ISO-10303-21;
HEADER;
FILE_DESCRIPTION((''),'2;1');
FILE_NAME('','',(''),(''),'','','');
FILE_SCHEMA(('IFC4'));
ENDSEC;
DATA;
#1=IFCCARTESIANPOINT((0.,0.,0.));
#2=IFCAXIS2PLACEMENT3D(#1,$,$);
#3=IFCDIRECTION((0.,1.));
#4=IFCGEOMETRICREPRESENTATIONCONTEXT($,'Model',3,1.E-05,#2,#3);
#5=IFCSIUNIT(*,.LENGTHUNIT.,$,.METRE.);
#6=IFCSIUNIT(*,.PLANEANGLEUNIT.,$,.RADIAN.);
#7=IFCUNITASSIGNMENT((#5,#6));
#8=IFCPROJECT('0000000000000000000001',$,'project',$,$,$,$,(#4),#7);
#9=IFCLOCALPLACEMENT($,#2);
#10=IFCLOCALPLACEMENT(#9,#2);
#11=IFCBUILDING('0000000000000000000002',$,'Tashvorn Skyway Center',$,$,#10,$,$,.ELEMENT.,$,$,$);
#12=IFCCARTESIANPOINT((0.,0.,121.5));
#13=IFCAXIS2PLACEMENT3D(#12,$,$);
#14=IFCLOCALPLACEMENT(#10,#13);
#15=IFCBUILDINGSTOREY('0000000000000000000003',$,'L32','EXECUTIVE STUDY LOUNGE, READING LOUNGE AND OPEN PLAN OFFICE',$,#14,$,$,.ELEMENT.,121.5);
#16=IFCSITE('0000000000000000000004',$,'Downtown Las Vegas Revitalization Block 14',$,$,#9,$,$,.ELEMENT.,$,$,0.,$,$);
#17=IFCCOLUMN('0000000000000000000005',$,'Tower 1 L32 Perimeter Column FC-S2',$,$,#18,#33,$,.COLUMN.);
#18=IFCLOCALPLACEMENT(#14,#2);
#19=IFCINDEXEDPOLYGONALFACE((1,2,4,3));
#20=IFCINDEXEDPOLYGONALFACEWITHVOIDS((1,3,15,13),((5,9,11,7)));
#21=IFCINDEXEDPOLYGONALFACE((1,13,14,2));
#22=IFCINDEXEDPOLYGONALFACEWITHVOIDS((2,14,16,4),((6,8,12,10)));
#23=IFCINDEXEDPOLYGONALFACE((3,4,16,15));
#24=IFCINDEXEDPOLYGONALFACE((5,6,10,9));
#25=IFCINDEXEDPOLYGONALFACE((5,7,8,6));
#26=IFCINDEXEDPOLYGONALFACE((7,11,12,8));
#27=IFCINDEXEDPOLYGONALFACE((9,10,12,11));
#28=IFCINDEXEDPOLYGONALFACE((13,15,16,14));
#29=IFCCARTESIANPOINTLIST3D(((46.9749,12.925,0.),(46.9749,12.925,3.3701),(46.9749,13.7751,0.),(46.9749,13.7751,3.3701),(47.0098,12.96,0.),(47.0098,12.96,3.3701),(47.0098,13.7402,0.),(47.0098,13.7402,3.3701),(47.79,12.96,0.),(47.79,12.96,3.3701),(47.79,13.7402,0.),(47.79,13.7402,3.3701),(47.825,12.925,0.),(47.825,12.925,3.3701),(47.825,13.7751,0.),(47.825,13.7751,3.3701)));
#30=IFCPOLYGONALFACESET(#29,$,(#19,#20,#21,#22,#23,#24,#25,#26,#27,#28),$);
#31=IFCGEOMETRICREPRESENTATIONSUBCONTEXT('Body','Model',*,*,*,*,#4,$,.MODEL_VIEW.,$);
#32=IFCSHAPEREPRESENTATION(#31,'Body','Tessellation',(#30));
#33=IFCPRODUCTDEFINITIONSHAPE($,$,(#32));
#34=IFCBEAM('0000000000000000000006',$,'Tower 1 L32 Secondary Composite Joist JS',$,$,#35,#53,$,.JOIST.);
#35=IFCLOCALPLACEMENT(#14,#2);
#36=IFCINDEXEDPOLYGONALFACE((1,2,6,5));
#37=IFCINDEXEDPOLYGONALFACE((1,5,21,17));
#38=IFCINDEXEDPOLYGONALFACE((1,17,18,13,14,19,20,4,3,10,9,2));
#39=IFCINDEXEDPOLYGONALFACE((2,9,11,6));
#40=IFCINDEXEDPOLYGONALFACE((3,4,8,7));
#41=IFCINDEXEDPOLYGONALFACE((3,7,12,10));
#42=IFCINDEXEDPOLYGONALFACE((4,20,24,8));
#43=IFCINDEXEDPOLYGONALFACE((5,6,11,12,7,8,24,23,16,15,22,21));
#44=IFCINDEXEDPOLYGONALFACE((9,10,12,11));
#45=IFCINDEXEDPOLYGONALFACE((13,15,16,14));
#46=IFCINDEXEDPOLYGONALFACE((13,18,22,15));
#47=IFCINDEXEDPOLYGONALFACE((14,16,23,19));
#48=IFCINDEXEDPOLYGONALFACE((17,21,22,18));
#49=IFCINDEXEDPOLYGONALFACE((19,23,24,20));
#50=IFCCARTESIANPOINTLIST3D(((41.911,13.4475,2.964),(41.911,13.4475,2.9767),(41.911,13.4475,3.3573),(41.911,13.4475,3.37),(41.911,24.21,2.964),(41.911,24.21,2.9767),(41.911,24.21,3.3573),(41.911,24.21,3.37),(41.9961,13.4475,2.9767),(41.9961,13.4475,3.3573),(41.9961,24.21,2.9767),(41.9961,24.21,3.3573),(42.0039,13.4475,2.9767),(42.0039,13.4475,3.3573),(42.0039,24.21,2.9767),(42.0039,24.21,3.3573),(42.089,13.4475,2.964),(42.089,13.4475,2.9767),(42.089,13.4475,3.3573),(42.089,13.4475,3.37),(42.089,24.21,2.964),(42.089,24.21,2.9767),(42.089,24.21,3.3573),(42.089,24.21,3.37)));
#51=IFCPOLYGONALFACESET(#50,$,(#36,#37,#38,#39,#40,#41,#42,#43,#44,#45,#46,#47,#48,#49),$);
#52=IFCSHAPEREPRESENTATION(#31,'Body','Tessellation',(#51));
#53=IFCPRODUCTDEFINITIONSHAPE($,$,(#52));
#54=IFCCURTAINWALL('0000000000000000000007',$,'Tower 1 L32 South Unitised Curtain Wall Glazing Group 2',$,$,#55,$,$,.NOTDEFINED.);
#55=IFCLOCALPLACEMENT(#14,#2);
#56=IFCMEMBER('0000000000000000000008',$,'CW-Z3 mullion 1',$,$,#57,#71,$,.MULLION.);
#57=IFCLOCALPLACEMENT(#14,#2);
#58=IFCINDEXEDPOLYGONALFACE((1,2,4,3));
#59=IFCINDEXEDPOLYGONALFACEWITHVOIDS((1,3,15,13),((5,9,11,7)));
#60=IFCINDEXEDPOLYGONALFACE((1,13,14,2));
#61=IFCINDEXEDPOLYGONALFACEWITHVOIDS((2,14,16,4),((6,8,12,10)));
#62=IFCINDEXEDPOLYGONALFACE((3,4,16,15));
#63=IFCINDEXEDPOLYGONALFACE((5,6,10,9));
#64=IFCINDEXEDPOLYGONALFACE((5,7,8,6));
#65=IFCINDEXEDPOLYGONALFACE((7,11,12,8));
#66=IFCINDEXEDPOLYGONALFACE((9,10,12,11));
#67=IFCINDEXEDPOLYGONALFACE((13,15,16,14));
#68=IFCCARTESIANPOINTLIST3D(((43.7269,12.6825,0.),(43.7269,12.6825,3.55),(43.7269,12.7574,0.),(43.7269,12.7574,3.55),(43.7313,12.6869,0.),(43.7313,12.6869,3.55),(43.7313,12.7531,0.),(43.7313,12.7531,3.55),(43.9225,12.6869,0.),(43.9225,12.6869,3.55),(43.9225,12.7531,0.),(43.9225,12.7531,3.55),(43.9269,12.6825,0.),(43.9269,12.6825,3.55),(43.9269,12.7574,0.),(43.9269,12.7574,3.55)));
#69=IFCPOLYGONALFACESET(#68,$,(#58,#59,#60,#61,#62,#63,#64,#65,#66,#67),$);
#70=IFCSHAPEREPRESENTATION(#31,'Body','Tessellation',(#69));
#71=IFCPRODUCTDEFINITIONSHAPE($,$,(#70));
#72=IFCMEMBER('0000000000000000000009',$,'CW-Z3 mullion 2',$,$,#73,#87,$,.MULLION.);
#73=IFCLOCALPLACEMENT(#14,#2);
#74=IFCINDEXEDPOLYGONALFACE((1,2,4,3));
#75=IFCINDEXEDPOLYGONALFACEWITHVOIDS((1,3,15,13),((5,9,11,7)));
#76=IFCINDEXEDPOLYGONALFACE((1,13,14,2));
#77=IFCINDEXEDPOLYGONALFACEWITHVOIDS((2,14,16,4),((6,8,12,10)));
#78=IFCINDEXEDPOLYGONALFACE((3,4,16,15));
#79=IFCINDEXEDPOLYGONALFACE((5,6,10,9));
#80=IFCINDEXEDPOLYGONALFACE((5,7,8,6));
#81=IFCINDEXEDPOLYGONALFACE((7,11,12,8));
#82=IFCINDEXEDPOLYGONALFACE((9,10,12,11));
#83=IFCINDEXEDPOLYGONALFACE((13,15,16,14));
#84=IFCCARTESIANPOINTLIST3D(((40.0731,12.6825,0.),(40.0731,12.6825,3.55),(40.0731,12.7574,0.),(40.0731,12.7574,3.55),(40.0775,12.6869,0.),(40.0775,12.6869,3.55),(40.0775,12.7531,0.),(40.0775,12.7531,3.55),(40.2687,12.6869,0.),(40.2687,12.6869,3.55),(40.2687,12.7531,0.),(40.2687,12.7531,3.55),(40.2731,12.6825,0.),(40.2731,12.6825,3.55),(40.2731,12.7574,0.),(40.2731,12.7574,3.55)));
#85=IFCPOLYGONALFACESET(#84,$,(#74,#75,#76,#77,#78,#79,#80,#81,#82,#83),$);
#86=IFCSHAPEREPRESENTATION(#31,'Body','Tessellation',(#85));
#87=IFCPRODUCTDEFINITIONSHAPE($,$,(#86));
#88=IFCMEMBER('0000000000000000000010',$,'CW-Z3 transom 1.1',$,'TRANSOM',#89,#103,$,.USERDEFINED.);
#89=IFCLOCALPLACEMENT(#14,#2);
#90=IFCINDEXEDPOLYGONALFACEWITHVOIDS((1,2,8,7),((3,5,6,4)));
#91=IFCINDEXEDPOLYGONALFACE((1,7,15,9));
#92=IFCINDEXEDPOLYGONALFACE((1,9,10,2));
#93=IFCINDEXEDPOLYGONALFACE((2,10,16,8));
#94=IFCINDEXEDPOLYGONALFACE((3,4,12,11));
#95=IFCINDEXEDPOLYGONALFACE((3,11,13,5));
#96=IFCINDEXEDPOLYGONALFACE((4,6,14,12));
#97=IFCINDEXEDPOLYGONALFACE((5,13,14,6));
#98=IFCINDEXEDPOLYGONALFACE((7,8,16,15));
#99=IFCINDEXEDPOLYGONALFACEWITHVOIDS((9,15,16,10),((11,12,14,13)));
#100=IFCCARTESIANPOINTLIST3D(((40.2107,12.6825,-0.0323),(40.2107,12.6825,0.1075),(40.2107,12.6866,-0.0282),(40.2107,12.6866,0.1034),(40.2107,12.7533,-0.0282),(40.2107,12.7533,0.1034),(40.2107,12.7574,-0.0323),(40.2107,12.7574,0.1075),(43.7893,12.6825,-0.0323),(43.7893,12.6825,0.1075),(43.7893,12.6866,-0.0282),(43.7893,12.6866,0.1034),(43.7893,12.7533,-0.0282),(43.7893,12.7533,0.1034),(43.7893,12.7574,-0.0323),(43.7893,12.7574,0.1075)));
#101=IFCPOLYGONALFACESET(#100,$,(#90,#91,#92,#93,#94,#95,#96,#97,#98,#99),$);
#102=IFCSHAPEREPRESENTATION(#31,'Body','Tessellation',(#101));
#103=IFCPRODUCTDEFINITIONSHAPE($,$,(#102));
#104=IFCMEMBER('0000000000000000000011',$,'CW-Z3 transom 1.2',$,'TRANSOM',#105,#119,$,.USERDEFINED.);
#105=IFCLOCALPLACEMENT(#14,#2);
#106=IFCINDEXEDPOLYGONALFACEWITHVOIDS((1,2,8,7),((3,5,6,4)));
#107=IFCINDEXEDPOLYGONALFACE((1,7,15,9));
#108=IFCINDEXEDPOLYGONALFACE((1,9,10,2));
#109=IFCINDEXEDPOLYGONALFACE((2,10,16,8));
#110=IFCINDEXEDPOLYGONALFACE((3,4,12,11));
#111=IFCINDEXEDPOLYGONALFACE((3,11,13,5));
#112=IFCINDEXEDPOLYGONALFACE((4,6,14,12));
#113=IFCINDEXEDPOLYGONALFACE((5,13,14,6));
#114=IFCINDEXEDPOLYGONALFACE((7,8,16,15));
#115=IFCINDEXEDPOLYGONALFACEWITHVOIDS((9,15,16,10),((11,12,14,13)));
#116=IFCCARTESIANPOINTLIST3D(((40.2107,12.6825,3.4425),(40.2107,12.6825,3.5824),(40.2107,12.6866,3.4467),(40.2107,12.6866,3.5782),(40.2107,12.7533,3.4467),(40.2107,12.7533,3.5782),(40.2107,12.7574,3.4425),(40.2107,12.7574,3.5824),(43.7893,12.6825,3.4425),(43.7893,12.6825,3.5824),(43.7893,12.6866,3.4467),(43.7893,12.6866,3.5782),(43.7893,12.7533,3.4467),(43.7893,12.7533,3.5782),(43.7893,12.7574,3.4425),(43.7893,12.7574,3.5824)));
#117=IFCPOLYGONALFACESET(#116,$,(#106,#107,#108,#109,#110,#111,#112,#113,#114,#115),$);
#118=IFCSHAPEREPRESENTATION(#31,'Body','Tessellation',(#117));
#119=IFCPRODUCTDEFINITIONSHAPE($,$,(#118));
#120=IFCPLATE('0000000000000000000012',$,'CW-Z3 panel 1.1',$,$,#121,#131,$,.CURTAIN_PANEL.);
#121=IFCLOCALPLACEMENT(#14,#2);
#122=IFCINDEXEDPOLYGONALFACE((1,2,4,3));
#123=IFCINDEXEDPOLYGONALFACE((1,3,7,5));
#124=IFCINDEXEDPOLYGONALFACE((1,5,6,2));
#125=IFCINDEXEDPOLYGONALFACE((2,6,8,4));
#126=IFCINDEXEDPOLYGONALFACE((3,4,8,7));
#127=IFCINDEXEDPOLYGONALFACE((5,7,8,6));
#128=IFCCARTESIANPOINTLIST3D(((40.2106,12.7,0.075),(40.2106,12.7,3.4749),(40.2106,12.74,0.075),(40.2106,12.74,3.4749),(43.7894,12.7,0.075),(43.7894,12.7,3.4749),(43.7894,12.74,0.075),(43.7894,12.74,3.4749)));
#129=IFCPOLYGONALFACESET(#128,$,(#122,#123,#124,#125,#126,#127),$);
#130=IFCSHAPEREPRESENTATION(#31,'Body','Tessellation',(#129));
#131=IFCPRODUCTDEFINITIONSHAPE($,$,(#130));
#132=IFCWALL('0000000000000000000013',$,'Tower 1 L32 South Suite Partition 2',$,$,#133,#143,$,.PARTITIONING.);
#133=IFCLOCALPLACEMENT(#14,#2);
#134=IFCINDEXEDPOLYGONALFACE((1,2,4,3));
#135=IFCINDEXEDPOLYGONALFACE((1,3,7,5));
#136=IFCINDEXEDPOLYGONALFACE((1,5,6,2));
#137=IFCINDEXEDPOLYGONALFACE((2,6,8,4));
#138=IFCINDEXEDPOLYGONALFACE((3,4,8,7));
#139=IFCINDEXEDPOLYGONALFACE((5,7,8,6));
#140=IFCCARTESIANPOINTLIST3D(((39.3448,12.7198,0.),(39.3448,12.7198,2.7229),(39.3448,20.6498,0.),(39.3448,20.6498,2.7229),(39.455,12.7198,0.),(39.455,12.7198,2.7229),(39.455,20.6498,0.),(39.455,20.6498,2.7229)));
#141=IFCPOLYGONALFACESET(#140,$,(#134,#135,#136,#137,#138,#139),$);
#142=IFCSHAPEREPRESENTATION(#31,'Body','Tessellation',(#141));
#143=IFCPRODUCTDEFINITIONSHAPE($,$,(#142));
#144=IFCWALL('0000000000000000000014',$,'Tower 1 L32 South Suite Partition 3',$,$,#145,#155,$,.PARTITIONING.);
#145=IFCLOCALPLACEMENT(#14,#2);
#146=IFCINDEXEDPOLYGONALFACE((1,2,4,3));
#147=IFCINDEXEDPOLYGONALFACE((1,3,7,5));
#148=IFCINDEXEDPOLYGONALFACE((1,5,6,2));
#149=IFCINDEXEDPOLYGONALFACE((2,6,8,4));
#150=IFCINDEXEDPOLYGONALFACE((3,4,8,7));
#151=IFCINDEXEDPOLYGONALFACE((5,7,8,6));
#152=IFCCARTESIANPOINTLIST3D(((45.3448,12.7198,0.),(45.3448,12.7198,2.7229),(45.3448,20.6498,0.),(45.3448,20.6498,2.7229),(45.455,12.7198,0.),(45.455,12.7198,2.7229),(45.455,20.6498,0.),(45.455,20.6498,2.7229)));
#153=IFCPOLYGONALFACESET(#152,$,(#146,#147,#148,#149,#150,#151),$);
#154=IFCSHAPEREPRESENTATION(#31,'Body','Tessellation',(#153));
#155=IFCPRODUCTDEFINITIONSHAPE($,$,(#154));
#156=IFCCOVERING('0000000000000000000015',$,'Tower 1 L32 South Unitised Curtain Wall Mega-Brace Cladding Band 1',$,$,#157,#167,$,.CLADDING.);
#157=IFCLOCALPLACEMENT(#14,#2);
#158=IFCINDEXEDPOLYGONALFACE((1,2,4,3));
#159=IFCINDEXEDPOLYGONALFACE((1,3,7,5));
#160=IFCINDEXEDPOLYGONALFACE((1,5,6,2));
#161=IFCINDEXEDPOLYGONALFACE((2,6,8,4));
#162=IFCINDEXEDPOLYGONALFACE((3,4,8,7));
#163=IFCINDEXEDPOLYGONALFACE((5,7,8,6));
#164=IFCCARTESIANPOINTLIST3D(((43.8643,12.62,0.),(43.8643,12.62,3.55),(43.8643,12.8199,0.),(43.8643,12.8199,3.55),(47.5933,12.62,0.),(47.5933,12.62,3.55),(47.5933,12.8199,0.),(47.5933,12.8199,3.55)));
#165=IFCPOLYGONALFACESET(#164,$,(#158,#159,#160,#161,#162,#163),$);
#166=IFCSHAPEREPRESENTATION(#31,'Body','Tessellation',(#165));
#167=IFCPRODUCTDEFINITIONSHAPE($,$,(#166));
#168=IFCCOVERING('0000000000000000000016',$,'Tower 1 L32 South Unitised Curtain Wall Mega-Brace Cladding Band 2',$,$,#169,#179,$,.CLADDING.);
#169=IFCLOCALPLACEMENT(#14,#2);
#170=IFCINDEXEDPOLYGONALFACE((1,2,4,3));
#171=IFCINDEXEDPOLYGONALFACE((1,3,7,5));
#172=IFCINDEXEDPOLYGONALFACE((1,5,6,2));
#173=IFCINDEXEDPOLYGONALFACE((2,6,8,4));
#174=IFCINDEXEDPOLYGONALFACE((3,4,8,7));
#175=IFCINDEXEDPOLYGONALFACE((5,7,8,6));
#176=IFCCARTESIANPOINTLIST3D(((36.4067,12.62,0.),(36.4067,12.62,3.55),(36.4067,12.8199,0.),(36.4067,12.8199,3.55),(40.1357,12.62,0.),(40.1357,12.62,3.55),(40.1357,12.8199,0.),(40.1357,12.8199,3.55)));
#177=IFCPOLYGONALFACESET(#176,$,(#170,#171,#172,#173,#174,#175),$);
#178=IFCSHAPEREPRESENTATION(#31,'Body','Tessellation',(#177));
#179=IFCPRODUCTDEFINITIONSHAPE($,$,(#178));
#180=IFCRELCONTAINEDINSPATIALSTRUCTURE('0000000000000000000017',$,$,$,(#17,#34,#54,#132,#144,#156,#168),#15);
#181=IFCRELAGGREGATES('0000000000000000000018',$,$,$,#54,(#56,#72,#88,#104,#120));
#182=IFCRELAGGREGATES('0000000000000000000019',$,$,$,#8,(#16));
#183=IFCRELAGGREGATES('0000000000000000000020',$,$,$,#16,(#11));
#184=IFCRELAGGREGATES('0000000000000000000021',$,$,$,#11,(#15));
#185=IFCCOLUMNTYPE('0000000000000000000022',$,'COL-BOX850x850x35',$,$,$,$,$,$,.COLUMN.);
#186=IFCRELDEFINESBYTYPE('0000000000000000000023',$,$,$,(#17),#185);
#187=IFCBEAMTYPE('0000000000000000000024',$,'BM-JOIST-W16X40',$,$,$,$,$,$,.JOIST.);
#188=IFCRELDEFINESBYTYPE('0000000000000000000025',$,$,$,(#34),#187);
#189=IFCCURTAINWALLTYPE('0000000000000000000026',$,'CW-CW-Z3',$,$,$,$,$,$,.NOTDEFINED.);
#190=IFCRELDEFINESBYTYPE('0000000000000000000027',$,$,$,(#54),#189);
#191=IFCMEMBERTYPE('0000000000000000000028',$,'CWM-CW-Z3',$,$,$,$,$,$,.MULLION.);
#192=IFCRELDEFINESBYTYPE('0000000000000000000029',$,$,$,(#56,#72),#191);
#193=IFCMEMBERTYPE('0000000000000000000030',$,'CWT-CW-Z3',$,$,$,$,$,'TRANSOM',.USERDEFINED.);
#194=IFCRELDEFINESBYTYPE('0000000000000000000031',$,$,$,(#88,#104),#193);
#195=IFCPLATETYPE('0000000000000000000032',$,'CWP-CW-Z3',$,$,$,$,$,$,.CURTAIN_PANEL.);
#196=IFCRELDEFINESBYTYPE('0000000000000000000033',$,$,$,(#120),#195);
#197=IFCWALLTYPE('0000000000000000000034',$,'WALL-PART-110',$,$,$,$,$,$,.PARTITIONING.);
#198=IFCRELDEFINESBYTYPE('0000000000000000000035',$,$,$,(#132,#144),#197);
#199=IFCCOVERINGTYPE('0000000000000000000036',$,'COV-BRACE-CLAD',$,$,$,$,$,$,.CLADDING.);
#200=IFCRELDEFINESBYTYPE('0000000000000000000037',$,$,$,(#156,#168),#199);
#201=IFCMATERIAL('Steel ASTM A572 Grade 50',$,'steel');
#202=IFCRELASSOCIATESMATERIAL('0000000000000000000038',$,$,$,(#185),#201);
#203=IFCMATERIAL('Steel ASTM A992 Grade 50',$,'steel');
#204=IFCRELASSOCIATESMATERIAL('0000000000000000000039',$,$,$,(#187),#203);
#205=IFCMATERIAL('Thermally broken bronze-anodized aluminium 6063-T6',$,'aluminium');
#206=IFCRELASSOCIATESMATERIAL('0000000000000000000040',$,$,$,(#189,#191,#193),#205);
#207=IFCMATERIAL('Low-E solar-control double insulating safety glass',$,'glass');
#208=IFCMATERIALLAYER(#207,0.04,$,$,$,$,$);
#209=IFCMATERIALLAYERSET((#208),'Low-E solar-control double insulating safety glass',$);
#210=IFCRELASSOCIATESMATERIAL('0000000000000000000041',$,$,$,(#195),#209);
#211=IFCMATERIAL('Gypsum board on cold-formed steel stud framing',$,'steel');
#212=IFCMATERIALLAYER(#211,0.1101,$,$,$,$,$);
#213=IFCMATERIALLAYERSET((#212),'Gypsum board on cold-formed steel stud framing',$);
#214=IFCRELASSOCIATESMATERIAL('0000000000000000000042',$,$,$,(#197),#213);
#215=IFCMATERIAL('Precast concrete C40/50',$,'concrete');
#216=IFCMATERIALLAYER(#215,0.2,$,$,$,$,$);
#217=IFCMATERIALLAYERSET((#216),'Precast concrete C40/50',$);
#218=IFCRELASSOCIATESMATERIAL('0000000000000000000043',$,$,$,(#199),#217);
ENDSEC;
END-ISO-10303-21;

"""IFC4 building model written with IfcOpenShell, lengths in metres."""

from ifc_helpers import new_model, si_unit, direction, frame, frame_2d, origin, origin_2d, place, context, subcontext, project, spatial, rectangle, hollow_rectangle, i_section, extrude, material, layer, layer_set, material_profile, profile_set, type_object, element, aggregate, save


model = new_model("IFC4")

# Units and contexts
model_context = context("Model", 3, precision=1e-05, world=origin(), true_north=direction((0.0, 1.0)))
body_context = subcontext(model_context, "Body", "Model", "MODEL_VIEW")
ifc_project = project(units=[si_unit("LENGTHUNIT", "METRE"), si_unit("PLANEANGLEUNIT", "RADIAN")], contexts=[model_context])

# Site, building, storey
site_placement = place(None, origin())
site = spatial("IfcSite", under=ifc_project, at=site_placement, Name="Downtown Las Vegas Revitalization Block 14", CompositionType="ELEMENT", RefElevation=0.0)
building_placement = place(site_placement, origin())
building = spatial("IfcBuilding", under=site, at=building_placement, Name="Tashvorn Skyway Center", CompositionType="ELEMENT")
storey_placement = place(building_placement, frame((0.0, 0.0, 121.5)))
storey = spatial("IfcBuildingStorey", under=building, at=storey_placement, Name="L32", Description="EXECUTIVE STUDY LOUNGE, READING LOUNGE AND OPEN PLAN OFFICE", CompositionType="ELEMENT", Elevation=121.5)

# Column
ifc_material_1 = material(Name="Steel ASTM A572 Grade 50", Category="steel")
ifc_material_profile_1 = material_profile(ifc_material_1, hollow_rectangle(XDim=0.8501, YDim=0.8501, WallThickness=0.0349, at=origin_2d()), Name="BOX850x850x35")
ifc_profile_set_1 = profile_set([ifc_material_profile_1], Name="Steel ASTM A572 Grade 50")
column_type = type_object("IfcColumnType", Name="COL-BOX850x850x35", PredefinedType="COLUMN", material=ifc_profile_set_1)
column_placement = place(storey_placement, frame((47.3999, 13.3501, 0.0), z_axis=(0.0, 0.0, 1.0), x_axis=(1.0, 0.0, 0.0)))
element("IfcColumn", 1, at=column_placement, inside=storey, type_object=column_type, Name="Tower 1 L32 Perimeter Column FC-S2", PredefinedType="COLUMN", context=body_context, shape_type="SweptSolid", body=[
    extrude(hollow_rectangle(XDim=0.8501, YDim=0.8501, WallThickness=0.0349, at=origin_2d()), origin(), (0.0, 0.0, 1.0), 3.3701),
])

# Beam
ifc_material_2 = material(Name="Steel ASTM A992 Grade 50", Category="steel")
ifc_material_profile_2 = material_profile(ifc_material_2, i_section(OverallWidth=0.178, OverallDepth=0.406, WebThickness=0.0078, FlangeThickness=0.0127, at=origin_2d()), Name="W16X40")
ifc_profile_set_2 = profile_set([ifc_material_profile_2], Name="Steel ASTM A992 Grade 50")
beam_type = type_object("IfcBeamType", Name="BM-JOIST-W16X40", PredefinedType="JOIST", material=ifc_profile_set_2)
beam_placement = place(storey_placement, frame((42.0, 24.21, 3.167), z_axis=(0.0, -1.0, 0.0), x_axis=(1.0, 0.0, 0.0)))
element("IfcBeam", 2, at=beam_placement, inside=storey, type_object=beam_type, Name="Tower 1 L32 Secondary Composite Joist JS", PredefinedType="JOIST", context=body_context, shape_type="SweptSolid", body=[
    extrude(i_section(OverallWidth=0.178, OverallDepth=0.406, WebThickness=0.0078, FlangeThickness=0.0127, at=origin_2d()), origin(), (0.0, 0.0, 1.0), 10.7625),
])

# Curtain wall, members, plate
ifc_material_3 = material(Name="Thermally broken bronze-anodized aluminium 6063-T6", Category="aluminium")
curtain_wall_type = type_object("IfcCurtainWallType", Name="CW-CW-Z3", PredefinedType="NOTDEFINED", material=ifc_material_3)
curtain_wall_placement = place(storey_placement, origin())
curtain_wall = element("IfcCurtainWall", 3, at=curtain_wall_placement, inside=storey, type_object=curtain_wall_type, Name="Tower 1 L32 South Unitised Curtain Wall Glazing Group 2", PredefinedType="NOTDEFINED")
ifc_material_profile_3 = material_profile(ifc_material_3, hollow_rectangle(XDim=0.075, YDim=0.2, WallThickness=0.0044, at=origin_2d()), Name="ALU-MULL-75x200")
ifc_profile_set_3 = profile_set([ifc_material_profile_3], Name="Thermally broken bronze-anodized aluminium 6063-T6")
member_type_1 = type_object("IfcMemberType", Name="CWM-CW-Z3", PredefinedType="MULLION", material=ifc_profile_set_3)
member_1_placement = place(storey_placement, frame((43.8269, 12.72, 0.0), z_axis=(0.0, 0.0, 1.0), x_axis=(0.0, -1.0, 0.0)))
member_1 = element("IfcMember", 4, at=member_1_placement, type_object=member_type_1, Name="CW-Z3 mullion 1", PredefinedType="MULLION", context=body_context, shape_type="SweptSolid", body=[
    extrude(hollow_rectangle(XDim=0.075, YDim=0.2, WallThickness=0.0044, at=origin_2d()), origin(), (0.0, 0.0, 1.0), 3.55),
])
member_2_placement = place(storey_placement, frame((40.1731, 12.72, 0.0), z_axis=(0.0, 0.0, 1.0), x_axis=(0.0, -1.0, 0.0)))
member_2 = element("IfcMember", 5, at=member_2_placement, type_object=member_type_1, Name="CW-Z3 mullion 2", PredefinedType="MULLION", context=body_context, shape_type="SweptSolid", body=[
    extrude(hollow_rectangle(XDim=0.075, YDim=0.2, WallThickness=0.0044, at=origin_2d()), origin(), (0.0, 0.0, 1.0), 3.55),
])
ifc_material_profile_4 = material_profile(ifc_material_3, hollow_rectangle(XDim=0.075, YDim=0.1399, WallThickness=0.0042, at=origin_2d()), Name="ALU-TRAN-75x140")
ifc_profile_set_4 = profile_set([ifc_material_profile_4], Name="Thermally broken bronze-anodized aluminium 6063-T6")
member_type_2 = type_object("IfcMemberType", Name="CWT-CW-Z3", ElementType="TRANSOM", PredefinedType="USERDEFINED", material=ifc_profile_set_4)
member_3_placement = place(storey_placement, frame((43.7893, 12.72, 0.0376), z_axis=(-1.0, 0.0, 0.0), x_axis=(0.0, -1.0, 0.0)))
member_3 = element("IfcMember", 6, at=member_3_placement, type_object=member_type_2, Name="CW-Z3 transom 1.1", ObjectType="TRANSOM", PredefinedType="USERDEFINED", context=body_context, shape_type="SweptSolid", body=[
    extrude(hollow_rectangle(XDim=0.075, YDim=0.1399, WallThickness=0.0042, at=origin_2d()), origin(), (0.0, 0.0, 1.0), 3.5786),
])
member_4_placement = place(storey_placement, frame((43.7893, 12.72, 3.5125), z_axis=(-1.0, 0.0, 0.0), x_axis=(0.0, -1.0, 0.0)))
member_4 = element("IfcMember", 7, at=member_4_placement, type_object=member_type_2, Name="CW-Z3 transom 1.2", ObjectType="TRANSOM", PredefinedType="USERDEFINED", context=body_context, shape_type="SweptSolid", body=[
    extrude(hollow_rectangle(XDim=0.075, YDim=0.1399, WallThickness=0.0042, at=origin_2d()), origin(), (0.0, 0.0, 1.0), 3.5786),
])
ifc_material_4 = material(Name="Low-E solar-control double insulating safety glass", Category="glass")
ifc_layer_1 = layer(ifc_material_4, 0.04)
ifc_layer_set_1 = layer_set([ifc_layer_1], Name="Low-E solar-control double insulating safety glass")
plate_type = type_object("IfcPlateType", Name="CWP-CW-Z3", PredefinedType="CURTAIN_PANEL", material=ifc_layer_set_1)
plate_placement = place(storey_placement, frame((42.0, 12.72, 0.075), z_axis=(0.0, 0.0, 1.0), x_axis=(-1.0, 0.0, 0.0)))
plate = element("IfcPlate", 8, at=plate_placement, type_object=plate_type, Name="CW-Z3 panel 1.1", PredefinedType="CURTAIN_PANEL", context=body_context, shape_type="SweptSolid", body=[
    extrude(rectangle(XDim=3.5789, YDim=0.04, at=origin_2d()), origin(), (0.0, 0.0, 1.0), 3.3999),
])
aggregate(curtain_wall, [member_1, member_2, member_3, member_4, plate])

# Walls
ifc_material_5 = material(Name="Gypsum board on cold-formed steel stud framing", Category="steel")
ifc_layer_2 = layer(ifc_material_5, 0.1101)
ifc_layer_set_2 = layer_set([ifc_layer_2], Name="Gypsum board on cold-formed steel stud framing")
wall_type = type_object("IfcWallType", Name="WALL-PART-110", PredefinedType="PARTITIONING", material=ifc_layer_set_2)
for number, where, z_axis, x_axis, name in (
    (9, (39.3999, 12.72, 0.0), (0.0, 0.0, 1.0), (0.0, 1.0, 0.0), "Tower 1 L32 South Suite Partition 2"),
    (10, (45.3999, 12.72, 0.0), (0.0, 0.0, 1.0), (0.0, 1.0, 0.0), "Tower 1 L32 South Suite Partition 3"),
):
    element("IfcWall", number, at=place(storey_placement, frame(where, z_axis=z_axis, x_axis=x_axis)), inside=storey, type_object=wall_type, Name=name, PredefinedType="PARTITIONING", context=body_context, shape_type="SweptSolid", body=[
        extrude(rectangle(XDim=7.9299, YDim=0.1101, at=frame_2d((3.9648, 0.0))), origin(), (0.0, 0.0, 1.0), 2.7229),
    ])

# Coverings
ifc_material_6 = material(Name="Precast concrete C40/50", Category="concrete")
ifc_layer_3 = layer(ifc_material_6, 0.2)
ifc_layer_set_3 = layer_set([ifc_layer_3], Name="Precast concrete C40/50")
covering_type_1 = type_object("IfcCoveringType", Name="COV-BRACE-CLAD", PredefinedType="CLADDING", material=ifc_layer_set_3)
for number, where, z_axis, x_axis, name in (
    (11, (45.7288, 12.72, 0.0), (0.0, 0.0, 1.0), (-1.0, 0.0, 0.0), "Tower 1 L32 South Unitised Curtain Wall Mega-Brace Cladding Band 1"),
    (12, (38.2712, 12.72, 0.0), (0.0, 0.0, 1.0), (-1.0, 0.0, 0.0), "Tower 1 L32 South Unitised Curtain Wall Mega-Brace Cladding Band 2"),
):
    element("IfcCovering", number, at=place(storey_placement, frame(where, z_axis=z_axis, x_axis=x_axis)), inside=storey, type_object=covering_type_1, Name=name, PredefinedType="CLADDING", context=body_context, shape_type="SweptSolid", body=[
        extrude(rectangle(XDim=3.729, YDim=0.2, at=origin_2d()), origin(), (0.0, 0.0, 1.0), 3.55),
    ])

save(model, "model.ifc")
